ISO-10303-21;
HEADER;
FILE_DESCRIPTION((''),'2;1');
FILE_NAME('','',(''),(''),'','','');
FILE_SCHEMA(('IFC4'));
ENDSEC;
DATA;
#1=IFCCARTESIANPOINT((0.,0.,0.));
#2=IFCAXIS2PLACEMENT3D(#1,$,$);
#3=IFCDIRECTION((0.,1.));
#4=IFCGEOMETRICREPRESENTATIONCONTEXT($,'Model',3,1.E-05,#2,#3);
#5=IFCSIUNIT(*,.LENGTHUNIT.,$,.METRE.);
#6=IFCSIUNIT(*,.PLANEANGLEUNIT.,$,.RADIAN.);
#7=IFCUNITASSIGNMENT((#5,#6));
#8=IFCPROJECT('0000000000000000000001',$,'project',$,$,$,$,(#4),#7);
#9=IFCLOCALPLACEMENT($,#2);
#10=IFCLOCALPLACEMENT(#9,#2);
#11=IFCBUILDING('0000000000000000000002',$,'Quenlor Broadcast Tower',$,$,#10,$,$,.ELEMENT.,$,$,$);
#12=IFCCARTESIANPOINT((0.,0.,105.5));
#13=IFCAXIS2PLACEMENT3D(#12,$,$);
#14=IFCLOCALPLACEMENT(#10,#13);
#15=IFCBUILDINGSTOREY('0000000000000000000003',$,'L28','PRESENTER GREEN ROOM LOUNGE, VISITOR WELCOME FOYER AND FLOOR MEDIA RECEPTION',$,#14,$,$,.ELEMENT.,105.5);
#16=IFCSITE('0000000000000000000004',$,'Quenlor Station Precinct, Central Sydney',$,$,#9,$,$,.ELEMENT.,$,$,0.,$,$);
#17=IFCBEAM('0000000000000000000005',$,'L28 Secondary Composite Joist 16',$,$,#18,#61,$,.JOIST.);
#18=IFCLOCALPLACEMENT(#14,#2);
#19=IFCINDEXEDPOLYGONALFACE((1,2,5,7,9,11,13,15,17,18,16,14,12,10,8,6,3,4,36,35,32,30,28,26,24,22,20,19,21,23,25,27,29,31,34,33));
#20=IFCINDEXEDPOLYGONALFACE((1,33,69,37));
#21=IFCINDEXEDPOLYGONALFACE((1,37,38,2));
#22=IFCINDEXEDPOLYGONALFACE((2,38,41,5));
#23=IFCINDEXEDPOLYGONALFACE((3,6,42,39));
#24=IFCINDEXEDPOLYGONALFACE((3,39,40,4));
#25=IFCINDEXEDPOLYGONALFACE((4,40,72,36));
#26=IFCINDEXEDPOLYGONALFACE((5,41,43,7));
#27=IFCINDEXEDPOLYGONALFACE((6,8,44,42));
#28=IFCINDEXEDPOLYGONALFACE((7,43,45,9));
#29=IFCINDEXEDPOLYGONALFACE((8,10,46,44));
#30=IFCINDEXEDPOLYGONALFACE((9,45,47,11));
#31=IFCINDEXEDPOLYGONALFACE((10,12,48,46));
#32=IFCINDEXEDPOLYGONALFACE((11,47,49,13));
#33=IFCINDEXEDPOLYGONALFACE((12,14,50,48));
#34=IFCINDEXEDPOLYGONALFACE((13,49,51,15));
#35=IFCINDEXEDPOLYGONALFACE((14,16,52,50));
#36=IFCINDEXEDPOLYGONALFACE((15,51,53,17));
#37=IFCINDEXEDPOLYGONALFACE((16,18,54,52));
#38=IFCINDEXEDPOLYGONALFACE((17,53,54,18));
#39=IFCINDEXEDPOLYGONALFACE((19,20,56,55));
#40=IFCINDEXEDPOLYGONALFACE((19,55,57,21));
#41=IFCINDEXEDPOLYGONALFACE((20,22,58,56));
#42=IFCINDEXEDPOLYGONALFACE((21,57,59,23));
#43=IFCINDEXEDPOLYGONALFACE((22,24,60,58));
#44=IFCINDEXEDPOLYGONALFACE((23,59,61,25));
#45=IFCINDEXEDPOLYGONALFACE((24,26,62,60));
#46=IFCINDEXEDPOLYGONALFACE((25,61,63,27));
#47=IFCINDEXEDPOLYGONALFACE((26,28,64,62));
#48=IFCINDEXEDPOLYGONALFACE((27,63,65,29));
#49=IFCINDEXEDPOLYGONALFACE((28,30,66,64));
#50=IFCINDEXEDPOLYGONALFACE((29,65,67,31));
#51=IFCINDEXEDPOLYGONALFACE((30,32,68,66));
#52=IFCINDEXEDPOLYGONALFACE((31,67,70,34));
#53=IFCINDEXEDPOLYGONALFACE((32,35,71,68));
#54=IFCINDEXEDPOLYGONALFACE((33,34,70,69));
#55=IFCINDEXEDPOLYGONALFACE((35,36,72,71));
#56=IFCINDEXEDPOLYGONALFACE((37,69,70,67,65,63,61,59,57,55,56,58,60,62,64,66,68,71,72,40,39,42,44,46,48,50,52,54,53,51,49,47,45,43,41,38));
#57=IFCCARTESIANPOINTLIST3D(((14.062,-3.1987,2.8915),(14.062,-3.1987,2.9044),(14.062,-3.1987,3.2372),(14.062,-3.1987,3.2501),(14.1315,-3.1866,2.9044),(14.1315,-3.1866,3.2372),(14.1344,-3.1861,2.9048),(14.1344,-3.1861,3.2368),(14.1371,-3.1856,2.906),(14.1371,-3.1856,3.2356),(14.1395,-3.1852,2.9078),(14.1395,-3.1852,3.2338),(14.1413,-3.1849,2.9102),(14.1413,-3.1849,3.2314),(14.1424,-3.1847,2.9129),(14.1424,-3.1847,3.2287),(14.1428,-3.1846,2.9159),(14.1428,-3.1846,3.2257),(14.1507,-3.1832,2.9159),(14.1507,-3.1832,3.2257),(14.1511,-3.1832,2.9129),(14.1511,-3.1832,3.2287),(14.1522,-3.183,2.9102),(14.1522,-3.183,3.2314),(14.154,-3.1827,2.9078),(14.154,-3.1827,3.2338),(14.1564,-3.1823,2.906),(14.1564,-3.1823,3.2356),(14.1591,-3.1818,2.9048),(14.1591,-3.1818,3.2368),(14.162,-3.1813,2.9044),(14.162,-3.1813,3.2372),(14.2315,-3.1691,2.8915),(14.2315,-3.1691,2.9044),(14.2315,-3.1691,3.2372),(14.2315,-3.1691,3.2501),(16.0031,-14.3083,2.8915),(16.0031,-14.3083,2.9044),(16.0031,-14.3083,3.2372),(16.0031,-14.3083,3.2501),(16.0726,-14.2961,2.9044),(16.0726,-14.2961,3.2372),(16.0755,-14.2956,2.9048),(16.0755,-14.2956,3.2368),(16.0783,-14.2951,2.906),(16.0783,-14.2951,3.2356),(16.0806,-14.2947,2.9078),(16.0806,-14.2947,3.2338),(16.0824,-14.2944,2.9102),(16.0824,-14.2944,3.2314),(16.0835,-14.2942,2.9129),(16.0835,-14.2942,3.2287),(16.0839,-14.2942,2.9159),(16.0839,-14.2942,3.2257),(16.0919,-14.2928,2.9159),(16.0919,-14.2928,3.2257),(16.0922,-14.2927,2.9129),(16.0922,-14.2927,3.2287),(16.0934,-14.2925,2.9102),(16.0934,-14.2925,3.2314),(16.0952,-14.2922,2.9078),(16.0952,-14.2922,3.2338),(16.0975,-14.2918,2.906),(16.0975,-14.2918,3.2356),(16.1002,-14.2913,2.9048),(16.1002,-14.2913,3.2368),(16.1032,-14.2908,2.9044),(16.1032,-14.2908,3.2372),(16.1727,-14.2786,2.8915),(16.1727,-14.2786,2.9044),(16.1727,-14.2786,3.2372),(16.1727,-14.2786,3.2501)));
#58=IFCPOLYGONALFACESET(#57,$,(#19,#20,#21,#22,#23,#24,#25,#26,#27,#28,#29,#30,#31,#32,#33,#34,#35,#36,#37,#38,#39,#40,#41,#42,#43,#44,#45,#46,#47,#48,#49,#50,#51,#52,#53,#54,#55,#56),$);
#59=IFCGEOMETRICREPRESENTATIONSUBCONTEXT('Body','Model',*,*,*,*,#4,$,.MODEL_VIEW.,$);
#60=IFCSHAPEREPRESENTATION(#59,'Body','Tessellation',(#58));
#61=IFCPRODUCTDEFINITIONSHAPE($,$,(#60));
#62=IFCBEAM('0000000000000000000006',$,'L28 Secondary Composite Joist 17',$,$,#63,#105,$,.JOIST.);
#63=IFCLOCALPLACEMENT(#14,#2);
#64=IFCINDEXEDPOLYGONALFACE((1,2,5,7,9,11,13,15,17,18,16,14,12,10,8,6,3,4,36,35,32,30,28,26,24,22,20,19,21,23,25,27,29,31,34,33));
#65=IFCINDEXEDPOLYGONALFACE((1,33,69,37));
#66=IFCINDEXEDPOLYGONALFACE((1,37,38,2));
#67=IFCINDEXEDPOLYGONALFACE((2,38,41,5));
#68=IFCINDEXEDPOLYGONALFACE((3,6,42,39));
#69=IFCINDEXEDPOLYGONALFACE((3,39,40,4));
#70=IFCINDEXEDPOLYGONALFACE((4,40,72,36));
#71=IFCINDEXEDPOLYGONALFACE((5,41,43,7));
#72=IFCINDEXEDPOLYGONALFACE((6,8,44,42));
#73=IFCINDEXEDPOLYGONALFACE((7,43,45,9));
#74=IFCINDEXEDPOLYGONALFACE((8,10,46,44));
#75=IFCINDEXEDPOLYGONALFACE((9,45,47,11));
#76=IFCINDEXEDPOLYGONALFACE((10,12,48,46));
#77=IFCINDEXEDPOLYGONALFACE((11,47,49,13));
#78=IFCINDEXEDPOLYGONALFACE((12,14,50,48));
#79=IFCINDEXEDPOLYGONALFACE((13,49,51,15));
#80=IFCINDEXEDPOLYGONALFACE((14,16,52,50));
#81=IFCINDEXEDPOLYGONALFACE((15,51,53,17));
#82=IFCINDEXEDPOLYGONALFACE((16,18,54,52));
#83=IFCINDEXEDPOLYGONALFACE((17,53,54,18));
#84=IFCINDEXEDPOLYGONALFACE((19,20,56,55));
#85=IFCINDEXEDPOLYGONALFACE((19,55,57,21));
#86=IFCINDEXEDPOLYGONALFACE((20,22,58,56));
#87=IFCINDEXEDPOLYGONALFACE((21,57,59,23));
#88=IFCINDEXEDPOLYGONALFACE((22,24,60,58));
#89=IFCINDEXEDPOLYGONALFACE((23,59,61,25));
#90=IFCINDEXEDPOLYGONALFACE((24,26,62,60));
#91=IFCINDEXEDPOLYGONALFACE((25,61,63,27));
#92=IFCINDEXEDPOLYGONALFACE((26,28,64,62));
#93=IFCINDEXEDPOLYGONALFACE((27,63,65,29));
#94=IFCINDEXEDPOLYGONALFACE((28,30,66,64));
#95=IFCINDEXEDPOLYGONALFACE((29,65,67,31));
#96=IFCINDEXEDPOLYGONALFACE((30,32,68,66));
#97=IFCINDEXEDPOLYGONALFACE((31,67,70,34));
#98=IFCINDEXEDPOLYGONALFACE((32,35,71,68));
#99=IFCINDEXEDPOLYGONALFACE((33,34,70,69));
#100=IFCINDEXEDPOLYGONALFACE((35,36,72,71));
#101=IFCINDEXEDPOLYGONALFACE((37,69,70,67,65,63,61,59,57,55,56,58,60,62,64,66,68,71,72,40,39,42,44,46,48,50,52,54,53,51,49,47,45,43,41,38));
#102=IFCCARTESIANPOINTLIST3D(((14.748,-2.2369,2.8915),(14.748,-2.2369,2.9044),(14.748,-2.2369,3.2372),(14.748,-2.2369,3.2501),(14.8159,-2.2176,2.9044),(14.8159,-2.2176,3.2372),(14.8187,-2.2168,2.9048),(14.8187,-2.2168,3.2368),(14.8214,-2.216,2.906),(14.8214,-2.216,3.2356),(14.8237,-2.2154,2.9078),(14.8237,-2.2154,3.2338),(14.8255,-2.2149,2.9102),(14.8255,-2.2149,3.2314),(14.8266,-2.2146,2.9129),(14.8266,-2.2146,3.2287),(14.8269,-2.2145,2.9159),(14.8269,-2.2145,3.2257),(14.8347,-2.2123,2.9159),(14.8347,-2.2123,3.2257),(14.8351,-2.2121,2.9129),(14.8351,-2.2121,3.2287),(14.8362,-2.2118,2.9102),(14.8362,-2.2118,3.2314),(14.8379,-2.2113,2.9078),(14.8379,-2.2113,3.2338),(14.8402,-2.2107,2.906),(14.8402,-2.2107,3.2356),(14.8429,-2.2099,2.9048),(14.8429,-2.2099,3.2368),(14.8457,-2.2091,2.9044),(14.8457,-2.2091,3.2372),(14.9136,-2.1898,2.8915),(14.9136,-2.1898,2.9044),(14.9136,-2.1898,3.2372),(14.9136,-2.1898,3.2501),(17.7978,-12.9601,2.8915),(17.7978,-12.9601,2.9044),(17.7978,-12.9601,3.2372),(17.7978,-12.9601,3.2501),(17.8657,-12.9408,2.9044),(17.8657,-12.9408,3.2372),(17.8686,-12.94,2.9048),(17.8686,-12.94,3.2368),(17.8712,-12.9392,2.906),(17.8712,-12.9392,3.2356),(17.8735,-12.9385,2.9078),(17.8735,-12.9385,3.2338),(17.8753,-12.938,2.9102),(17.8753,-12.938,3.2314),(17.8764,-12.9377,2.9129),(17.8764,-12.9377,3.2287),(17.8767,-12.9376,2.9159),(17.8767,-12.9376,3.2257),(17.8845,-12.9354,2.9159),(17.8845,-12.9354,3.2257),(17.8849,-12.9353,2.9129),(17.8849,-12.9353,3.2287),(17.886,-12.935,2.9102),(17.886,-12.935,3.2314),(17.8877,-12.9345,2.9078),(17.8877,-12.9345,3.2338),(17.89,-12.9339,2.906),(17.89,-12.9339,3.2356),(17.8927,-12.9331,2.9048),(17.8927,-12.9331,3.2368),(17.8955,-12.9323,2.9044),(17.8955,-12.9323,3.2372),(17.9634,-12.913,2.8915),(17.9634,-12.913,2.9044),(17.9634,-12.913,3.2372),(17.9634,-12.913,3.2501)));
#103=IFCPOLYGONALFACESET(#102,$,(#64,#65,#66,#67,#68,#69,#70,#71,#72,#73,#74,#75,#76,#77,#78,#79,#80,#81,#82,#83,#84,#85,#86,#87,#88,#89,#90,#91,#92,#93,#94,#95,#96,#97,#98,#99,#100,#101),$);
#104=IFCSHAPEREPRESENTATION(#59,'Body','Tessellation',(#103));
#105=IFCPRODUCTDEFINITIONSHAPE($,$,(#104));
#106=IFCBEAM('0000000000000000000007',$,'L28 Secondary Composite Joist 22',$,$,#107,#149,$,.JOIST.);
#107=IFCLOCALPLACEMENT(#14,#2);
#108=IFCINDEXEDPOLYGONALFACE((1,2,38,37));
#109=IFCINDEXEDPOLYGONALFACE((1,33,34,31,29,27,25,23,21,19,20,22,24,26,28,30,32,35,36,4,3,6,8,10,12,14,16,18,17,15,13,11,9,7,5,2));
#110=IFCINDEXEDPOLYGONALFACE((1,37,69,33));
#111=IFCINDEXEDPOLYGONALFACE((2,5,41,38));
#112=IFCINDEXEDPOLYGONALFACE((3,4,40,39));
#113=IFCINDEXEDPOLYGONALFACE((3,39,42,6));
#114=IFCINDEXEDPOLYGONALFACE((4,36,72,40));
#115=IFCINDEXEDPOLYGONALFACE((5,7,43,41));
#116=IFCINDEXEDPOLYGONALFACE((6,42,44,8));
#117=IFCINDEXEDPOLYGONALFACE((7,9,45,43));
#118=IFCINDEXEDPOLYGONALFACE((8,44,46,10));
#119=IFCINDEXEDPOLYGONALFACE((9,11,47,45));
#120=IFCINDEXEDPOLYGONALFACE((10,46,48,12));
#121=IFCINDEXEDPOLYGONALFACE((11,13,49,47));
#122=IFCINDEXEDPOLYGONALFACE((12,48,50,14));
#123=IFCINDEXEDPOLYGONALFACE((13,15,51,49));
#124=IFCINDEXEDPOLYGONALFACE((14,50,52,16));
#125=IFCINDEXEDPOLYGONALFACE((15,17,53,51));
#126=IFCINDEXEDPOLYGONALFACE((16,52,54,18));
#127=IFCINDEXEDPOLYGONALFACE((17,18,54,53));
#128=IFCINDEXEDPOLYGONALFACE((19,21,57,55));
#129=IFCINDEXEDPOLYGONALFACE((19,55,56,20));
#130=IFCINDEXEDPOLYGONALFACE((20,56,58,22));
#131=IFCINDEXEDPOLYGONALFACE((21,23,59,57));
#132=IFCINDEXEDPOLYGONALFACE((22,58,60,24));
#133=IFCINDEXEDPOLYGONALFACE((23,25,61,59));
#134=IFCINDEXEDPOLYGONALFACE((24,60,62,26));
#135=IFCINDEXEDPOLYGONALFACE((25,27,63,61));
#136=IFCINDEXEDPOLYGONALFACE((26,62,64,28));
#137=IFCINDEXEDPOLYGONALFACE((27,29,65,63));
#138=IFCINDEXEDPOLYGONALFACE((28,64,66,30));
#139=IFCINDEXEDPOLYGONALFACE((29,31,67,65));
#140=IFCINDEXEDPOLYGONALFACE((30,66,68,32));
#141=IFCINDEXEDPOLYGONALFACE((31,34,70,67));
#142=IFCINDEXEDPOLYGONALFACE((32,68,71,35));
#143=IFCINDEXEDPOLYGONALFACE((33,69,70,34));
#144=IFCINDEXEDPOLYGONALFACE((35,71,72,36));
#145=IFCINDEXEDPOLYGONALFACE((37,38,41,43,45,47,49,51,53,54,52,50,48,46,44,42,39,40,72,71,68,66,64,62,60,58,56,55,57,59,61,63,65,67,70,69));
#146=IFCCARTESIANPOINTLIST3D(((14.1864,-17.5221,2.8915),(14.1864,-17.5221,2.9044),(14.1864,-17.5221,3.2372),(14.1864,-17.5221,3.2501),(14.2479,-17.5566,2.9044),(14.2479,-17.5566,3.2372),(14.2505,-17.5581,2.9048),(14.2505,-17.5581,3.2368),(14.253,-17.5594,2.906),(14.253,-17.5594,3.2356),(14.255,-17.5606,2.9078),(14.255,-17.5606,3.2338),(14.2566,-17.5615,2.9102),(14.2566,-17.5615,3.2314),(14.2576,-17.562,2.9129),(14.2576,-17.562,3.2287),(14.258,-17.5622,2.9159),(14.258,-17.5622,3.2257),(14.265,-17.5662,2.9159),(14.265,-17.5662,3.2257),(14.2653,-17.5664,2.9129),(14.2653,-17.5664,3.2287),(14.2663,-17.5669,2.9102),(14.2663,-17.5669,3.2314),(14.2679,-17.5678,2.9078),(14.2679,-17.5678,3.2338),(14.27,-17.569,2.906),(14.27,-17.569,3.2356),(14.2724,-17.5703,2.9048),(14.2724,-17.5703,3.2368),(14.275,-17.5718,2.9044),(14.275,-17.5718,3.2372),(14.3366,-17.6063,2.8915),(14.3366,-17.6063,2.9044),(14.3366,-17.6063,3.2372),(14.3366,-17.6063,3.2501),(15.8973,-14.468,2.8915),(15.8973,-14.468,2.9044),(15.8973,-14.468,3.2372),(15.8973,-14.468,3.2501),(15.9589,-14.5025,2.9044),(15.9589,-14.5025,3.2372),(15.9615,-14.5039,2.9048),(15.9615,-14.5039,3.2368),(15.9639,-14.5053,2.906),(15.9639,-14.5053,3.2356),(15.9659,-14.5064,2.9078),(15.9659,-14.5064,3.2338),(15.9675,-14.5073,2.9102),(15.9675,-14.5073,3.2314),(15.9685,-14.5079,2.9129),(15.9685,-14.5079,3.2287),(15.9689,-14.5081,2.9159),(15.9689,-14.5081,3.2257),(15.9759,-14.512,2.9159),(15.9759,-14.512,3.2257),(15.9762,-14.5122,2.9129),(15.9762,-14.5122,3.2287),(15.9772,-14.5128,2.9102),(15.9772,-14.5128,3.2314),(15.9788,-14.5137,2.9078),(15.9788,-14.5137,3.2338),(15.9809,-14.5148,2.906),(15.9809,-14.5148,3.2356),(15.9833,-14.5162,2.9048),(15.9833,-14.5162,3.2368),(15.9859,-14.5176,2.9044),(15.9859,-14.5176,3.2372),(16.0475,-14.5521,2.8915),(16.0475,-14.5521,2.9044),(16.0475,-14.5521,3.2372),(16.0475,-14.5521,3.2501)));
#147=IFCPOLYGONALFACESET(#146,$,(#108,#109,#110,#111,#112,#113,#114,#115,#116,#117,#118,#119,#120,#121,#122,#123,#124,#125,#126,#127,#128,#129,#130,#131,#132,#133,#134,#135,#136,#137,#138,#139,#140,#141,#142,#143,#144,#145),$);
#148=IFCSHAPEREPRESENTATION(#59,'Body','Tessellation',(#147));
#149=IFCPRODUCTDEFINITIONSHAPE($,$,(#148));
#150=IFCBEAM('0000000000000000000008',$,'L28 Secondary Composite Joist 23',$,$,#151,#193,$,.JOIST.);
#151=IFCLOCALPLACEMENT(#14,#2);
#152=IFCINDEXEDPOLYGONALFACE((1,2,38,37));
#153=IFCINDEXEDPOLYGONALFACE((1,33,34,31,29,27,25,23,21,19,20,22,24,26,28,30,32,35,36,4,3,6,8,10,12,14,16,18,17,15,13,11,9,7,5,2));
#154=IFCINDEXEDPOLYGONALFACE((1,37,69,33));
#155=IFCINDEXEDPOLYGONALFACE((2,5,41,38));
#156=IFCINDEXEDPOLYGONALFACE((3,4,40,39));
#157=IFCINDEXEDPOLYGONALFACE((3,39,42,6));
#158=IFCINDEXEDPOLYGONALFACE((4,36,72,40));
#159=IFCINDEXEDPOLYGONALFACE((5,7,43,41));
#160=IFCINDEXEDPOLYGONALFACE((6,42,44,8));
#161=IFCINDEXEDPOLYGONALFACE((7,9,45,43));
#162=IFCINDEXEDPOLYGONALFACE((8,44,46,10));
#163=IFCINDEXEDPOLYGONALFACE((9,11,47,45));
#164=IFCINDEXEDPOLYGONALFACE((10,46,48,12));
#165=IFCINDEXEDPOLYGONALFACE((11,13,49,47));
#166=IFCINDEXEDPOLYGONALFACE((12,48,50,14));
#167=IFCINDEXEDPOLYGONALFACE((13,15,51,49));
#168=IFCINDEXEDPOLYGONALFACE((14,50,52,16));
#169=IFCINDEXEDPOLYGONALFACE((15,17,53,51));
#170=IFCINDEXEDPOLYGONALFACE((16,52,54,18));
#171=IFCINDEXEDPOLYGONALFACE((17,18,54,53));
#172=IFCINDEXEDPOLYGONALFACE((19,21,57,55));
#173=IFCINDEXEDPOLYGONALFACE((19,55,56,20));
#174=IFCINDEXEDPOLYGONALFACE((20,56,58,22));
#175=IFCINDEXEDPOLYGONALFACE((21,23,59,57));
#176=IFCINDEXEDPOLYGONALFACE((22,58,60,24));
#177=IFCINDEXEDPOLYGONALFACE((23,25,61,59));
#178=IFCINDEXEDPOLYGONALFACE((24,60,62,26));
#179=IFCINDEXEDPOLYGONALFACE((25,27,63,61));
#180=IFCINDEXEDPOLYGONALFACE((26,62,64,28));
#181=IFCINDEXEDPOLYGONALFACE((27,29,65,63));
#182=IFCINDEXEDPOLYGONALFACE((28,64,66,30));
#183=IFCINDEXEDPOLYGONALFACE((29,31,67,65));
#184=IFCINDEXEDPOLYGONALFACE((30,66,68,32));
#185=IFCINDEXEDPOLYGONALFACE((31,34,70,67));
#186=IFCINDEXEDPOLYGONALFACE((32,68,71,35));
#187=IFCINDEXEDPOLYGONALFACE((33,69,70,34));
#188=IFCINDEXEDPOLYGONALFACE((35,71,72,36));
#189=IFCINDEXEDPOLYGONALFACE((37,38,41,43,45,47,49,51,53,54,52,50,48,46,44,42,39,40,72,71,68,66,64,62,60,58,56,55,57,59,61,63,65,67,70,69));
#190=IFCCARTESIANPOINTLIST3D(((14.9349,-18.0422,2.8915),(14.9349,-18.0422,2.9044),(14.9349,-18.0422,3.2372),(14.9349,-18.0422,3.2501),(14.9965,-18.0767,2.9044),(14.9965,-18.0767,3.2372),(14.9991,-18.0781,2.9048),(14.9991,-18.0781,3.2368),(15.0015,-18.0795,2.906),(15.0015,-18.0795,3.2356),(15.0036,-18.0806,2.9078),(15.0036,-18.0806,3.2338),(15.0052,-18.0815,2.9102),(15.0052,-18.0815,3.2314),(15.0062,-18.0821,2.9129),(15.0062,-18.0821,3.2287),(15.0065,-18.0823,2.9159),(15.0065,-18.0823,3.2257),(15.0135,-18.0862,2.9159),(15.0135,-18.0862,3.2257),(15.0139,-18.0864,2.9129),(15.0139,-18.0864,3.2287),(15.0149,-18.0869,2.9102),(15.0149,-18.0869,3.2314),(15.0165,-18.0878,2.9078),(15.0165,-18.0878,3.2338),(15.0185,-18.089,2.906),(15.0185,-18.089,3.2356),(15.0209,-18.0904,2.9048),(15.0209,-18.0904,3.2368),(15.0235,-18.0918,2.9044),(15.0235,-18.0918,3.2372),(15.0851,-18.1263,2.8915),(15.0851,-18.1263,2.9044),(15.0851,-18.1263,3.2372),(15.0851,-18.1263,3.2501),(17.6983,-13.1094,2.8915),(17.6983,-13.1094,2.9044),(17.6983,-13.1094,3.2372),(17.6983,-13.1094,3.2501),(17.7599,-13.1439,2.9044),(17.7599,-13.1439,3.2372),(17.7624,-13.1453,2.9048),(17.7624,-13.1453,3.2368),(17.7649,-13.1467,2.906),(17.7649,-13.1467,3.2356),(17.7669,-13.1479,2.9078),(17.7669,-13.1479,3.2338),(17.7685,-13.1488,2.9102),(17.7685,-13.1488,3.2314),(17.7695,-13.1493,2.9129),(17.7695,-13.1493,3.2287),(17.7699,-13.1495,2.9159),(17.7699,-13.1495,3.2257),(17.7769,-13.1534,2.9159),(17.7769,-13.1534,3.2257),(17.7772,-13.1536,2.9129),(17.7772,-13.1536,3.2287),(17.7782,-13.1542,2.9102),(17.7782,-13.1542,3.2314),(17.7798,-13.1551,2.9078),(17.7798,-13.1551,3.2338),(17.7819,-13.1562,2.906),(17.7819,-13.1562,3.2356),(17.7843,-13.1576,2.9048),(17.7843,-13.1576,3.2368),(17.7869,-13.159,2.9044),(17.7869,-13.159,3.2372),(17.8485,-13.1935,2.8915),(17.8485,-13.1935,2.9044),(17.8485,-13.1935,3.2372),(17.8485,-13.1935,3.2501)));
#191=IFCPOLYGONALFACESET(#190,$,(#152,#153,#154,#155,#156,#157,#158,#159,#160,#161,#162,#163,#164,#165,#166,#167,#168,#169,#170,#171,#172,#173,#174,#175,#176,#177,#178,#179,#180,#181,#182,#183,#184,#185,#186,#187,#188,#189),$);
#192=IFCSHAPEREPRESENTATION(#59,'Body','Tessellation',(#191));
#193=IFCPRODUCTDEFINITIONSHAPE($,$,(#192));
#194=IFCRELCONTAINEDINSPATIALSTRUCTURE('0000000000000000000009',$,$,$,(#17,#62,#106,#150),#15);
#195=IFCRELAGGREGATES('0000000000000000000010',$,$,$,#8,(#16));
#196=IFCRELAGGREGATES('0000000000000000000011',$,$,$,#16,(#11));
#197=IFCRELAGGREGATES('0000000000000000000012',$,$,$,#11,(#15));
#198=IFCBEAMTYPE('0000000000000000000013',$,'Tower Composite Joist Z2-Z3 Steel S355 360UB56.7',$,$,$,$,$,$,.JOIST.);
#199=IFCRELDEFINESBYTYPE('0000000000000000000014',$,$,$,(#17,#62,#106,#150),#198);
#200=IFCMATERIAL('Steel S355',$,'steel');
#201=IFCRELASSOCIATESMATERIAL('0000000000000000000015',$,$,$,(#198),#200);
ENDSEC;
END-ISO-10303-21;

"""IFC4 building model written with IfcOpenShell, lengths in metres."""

from ifc_helpers import new_model, si_unit, direction, frame, origin, origin_2d, place, context, subcontext, project, spatial, i_section, extrude, material, material_profile, profile_set, type_object, element, save


model = new_model("IFC4")

# Units and contexts
model_context = context("Model", 3, precision=1e-05, world=origin(), true_north=direction((0.0, 1.0)))
body_context = subcontext(model_context, "Body", "Model", "MODEL_VIEW")
ifc_project = project(units=[si_unit("LENGTHUNIT", "METRE"), si_unit("PLANEANGLEUNIT", "RADIAN")], contexts=[model_context])

# Site, building, storey
site_placement = place(None, origin())
site = spatial("IfcSite", under=ifc_project, at=site_placement, Name="Quenlor Station Precinct, Central Sydney", CompositionType="ELEMENT", RefElevation=0.0)
building_placement = place(site_placement, origin())
building = spatial("IfcBuilding", under=site, at=building_placement, Name="Quenlor Broadcast Tower", CompositionType="ELEMENT")
storey_placement = place(building_placement, frame((0.0, 0.0, 105.5)))
storey = spatial("IfcBuildingStorey", under=building, at=storey_placement, Name="L28", Description="PRESENTER GREEN ROOM LOUNGE, VISITOR WELCOME FOYER AND FLOOR MEDIA RECEPTION", CompositionType="ELEMENT", Elevation=105.5)

# Beams
ifc_material_1 = material(Name="Steel S355", Category="steel")
ifc_material_profile_1 = material_profile(ifc_material_1, i_section(OverallWidth=0.1721, OverallDepth=0.3586, WebThickness=0.0081, FlangeThickness=0.0129, FilletRadius=0.0115, at=origin_2d()))
ifc_profile_set_1 = profile_set([ifc_material_profile_1], Name="Steel S355 360UB56.7")
beam_type_1 = type_object("IfcBeamType", Name="Tower Composite Joist Z2-Z3 Steel S355 360UB56.7", PredefinedType="JOIST", material=ifc_profile_set_1)
beam_1_placement = place(storey_placement, frame((16.0879, -14.2935, 3.0708), z_axis=(-0.17212, 0.985076, 0.0), x_axis=(-0.985076, -0.17212, 0.0)))
element("IfcBeam", 1, at=beam_1_placement, inside=storey, type_object=beam_type_1, Name="L28 Secondary Composite Joist 16", PredefinedType="JOIST", context=body_context, shape_type="SweptSolid", body=[
    extrude(i_section(OverallWidth=0.1721, OverallDepth=0.3586, WebThickness=0.0081, FlangeThickness=0.0129, FilletRadius=0.0115, at=origin_2d()), origin(), (0.0, 0.0, 1.0), 11.2778),
])
beam_2_placement = place(storey_placement, frame((17.8806, -12.9365, 3.0708), z_axis=(-0.273564, 0.961854, 0.0), x_axis=(-0.961854, -0.273564, 0.0)))
element("IfcBeam", 2, at=beam_2_placement, inside=storey, type_object=beam_type_1, Name="L28 Secondary Composite Joist 17", PredefinedType="JOIST", context=body_context, shape_type="SweptSolid", body=[
    extrude(i_section(OverallWidth=0.1721, OverallDepth=0.3586, WebThickness=0.0081, FlangeThickness=0.0129, FilletRadius=0.0115, at=origin_2d()), origin(), (0.0, 0.0, 1.0), 11.1484),
])
beam_3_placement = place(storey_placement, frame((14.2615, -17.5642, 3.0708), z_axis=(0.488731, 0.872435, 0.0), x_axis=(-0.872435, 0.488731, 0.0)))
element("IfcBeam", 3, at=beam_3_placement, inside=storey, type_object=beam_type_1, Name="L28 Secondary Composite Joist 22", PredefinedType="JOIST", context=body_context, shape_type="SweptSolid", body=[
    extrude(i_section(OverallWidth=0.1721, OverallDepth=0.3586, WebThickness=0.0081, FlangeThickness=0.0129, FilletRadius=0.0115, at=origin_2d()), origin(), (0.0, 0.0, 1.0), 3.5007),
])
beam_4_placement = place(storey_placement, frame((15.01, -18.0842, 3.0708), z_axis=(0.488741, 0.872429, 0.0), x_axis=(-0.872429, 0.488741, 0.0)))
element("IfcBeam", 4, at=beam_4_placement, inside=storey, type_object=beam_type_1, Name="L28 Secondary Composite Joist 23", PredefinedType="JOIST", context=body_context, shape_type="SweptSolid", body=[
    extrude(i_section(OverallWidth=0.1721, OverallDepth=0.3586, WebThickness=0.0081, FlangeThickness=0.0129, FilletRadius=0.0115, at=origin_2d()), origin(), (0.0, 0.0, 1.0), 5.6541),
])

save(model, "model.ifc")
